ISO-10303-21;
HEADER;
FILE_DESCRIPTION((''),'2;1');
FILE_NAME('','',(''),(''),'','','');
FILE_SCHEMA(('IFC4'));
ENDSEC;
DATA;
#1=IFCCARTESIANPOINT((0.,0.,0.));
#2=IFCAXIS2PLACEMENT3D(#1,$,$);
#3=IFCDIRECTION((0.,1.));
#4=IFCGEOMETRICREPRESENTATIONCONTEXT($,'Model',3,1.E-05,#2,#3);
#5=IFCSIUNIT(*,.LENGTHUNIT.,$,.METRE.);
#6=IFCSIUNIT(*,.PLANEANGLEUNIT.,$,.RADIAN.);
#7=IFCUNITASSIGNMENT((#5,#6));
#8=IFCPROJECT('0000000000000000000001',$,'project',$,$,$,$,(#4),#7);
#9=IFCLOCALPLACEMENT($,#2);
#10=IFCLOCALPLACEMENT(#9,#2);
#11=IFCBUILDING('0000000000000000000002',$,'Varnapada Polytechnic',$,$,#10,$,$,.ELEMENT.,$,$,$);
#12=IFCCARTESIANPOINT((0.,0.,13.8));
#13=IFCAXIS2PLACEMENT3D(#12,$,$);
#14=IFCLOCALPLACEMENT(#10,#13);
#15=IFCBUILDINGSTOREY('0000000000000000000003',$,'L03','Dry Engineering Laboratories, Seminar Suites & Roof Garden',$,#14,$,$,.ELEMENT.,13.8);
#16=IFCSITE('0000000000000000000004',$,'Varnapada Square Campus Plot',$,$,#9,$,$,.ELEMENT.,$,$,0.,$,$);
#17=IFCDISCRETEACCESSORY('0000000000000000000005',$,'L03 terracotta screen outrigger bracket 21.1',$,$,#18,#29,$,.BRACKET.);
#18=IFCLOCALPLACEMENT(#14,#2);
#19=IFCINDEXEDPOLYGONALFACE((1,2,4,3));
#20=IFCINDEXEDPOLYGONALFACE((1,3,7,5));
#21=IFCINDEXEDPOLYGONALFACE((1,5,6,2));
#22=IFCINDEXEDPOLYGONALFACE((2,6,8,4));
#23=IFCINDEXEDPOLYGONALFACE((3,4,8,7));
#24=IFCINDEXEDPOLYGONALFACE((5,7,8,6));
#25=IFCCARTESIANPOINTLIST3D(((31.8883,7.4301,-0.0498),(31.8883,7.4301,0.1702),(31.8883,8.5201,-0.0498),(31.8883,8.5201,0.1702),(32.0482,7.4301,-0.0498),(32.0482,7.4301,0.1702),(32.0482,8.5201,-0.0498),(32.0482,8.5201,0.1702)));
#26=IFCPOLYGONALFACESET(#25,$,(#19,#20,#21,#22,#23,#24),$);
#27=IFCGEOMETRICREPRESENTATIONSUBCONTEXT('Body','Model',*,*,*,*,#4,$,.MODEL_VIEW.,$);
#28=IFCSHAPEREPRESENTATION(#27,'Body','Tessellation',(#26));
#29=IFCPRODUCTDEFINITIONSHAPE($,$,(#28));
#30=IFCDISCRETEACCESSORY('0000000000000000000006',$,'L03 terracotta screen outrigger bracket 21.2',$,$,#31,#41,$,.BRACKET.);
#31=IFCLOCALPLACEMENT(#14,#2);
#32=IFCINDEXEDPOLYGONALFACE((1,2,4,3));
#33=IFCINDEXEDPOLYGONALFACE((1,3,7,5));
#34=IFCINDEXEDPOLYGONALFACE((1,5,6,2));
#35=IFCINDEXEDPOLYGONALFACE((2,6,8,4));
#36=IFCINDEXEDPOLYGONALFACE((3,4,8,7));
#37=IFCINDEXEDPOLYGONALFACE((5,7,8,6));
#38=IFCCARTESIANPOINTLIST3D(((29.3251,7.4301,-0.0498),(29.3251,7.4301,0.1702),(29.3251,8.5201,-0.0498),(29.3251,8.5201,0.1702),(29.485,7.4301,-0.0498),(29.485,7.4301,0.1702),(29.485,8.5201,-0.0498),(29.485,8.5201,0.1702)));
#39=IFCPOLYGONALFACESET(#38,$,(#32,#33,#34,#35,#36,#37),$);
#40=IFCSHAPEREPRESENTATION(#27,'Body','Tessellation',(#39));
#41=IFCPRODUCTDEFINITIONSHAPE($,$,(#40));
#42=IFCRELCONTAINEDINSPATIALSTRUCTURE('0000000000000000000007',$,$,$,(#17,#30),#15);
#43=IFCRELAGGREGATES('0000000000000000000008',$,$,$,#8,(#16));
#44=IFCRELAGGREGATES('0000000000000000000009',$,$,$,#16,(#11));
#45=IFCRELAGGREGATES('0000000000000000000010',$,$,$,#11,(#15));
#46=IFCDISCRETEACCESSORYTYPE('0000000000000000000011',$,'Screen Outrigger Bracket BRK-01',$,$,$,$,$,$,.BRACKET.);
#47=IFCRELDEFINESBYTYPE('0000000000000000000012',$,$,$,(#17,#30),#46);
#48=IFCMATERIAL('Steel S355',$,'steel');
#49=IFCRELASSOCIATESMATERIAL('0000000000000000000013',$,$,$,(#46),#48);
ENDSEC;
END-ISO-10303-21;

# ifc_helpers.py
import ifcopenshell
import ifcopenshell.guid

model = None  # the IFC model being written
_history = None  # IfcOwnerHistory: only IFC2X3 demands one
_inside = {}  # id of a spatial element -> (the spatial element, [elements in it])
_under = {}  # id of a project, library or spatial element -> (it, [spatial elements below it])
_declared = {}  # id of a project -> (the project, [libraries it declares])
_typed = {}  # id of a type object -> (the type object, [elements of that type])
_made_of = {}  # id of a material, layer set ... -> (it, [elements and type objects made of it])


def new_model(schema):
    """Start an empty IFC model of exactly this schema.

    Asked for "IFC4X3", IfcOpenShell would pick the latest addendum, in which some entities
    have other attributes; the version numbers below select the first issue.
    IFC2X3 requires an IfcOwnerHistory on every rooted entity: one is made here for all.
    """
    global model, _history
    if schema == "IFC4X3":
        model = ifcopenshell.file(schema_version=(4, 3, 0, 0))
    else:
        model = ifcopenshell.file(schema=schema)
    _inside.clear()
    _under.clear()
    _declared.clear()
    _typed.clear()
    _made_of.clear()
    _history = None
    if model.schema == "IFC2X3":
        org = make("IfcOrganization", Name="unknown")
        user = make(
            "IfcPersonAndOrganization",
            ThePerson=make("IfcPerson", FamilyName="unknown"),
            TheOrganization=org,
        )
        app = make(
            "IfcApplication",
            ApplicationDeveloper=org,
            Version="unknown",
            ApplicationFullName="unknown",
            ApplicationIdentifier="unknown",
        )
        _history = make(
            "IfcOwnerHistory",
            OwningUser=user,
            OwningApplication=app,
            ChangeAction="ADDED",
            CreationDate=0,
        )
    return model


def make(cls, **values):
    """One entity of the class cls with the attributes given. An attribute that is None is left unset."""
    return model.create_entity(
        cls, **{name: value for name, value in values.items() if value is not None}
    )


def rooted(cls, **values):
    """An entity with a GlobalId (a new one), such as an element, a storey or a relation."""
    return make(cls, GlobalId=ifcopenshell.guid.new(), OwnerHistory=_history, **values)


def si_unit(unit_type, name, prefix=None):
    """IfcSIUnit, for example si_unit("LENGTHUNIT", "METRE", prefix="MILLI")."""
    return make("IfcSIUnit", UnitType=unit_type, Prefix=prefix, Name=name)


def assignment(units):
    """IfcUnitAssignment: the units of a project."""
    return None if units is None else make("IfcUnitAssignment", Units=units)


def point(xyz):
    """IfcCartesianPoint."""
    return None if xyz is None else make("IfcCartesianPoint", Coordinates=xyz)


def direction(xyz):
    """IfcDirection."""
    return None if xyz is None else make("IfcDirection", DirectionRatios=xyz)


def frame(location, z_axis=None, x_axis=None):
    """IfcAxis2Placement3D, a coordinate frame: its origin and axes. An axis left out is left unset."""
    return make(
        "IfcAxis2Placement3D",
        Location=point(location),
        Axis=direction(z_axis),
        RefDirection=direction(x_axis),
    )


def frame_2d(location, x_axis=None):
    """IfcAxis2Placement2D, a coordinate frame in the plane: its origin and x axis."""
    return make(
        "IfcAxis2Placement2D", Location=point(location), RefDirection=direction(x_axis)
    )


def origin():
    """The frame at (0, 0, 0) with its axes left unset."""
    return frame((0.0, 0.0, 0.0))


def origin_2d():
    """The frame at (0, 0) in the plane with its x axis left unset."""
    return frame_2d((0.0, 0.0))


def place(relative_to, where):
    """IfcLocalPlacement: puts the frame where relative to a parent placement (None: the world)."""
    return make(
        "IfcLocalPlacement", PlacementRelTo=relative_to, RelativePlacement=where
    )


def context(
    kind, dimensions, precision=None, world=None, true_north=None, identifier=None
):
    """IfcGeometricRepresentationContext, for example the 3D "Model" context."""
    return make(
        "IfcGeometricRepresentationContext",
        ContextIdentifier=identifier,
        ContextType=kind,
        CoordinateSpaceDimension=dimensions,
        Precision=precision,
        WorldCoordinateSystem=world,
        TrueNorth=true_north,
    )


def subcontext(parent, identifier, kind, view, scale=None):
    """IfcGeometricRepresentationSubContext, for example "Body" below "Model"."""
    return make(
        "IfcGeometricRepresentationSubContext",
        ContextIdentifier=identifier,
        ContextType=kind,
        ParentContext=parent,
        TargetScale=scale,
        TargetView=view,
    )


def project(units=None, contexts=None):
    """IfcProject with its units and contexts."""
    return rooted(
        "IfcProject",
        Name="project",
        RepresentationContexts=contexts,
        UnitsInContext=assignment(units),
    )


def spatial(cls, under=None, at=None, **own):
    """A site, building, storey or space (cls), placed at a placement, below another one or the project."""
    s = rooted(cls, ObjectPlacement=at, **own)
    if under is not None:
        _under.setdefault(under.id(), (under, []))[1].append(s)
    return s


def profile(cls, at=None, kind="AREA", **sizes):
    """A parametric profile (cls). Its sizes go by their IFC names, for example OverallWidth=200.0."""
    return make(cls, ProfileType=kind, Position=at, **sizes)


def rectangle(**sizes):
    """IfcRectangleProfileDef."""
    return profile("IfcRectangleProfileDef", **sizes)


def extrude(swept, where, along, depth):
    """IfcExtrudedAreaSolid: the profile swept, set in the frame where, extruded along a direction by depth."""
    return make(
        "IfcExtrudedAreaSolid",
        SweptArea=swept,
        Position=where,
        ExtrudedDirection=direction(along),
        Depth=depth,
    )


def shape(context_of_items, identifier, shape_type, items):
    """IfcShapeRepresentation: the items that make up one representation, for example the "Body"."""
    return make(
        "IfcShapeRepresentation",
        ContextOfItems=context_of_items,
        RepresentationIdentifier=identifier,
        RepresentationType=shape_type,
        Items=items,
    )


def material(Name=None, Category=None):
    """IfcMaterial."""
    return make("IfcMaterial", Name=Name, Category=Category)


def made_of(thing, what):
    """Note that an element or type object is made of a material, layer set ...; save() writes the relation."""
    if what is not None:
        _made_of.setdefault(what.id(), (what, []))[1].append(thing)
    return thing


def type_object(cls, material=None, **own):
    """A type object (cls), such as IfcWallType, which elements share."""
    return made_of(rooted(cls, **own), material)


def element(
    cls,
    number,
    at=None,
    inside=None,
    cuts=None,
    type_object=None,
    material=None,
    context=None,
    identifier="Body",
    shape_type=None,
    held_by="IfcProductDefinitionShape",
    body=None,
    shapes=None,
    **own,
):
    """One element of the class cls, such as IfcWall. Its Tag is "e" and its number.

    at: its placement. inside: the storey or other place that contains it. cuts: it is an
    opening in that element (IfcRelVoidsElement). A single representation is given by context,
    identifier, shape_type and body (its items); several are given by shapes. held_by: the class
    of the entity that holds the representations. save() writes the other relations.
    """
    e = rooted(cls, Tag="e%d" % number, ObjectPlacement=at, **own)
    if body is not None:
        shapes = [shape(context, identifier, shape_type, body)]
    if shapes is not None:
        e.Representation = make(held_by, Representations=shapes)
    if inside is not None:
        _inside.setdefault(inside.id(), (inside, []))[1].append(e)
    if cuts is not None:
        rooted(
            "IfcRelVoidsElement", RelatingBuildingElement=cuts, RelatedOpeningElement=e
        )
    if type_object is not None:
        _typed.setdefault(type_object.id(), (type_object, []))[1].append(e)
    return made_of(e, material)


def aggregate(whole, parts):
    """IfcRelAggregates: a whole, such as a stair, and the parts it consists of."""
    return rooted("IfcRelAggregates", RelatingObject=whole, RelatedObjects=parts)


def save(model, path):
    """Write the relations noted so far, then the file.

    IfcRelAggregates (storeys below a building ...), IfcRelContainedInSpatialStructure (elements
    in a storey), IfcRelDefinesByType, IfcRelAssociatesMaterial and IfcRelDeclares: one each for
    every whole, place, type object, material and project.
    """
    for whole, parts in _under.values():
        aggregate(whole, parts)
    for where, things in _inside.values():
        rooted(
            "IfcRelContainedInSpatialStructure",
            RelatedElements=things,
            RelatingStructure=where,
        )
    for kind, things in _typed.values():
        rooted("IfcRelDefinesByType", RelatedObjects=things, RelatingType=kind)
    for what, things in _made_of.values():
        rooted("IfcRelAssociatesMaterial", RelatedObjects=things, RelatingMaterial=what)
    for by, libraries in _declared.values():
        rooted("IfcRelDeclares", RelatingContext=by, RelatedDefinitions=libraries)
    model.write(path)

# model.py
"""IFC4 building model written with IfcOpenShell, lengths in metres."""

from ifc_helpers import new_model, si_unit, direction, frame, origin, origin_2d, place, context, subcontext, project, spatial, rectangle, extrude, material, type_object, element, save


model = new_model("IFC4")

# Units and contexts
model_context = context("Model", 3, precision=1e-05, world=origin(), true_north=direction((0.0, 1.0)))
body_context = subcontext(model_context, "Body", "Model", "MODEL_VIEW")
ifc_project = project(units=[si_unit("LENGTHUNIT", "METRE"), si_unit("PLANEANGLEUNIT", "RADIAN")], contexts=[model_context])

# Site, building, storey
site_placement = place(None, origin())
site = spatial("IfcSite", under=ifc_project, at=site_placement, Name="Varnapada Square Campus Plot", CompositionType="ELEMENT", RefElevation=0.0)
building_placement = place(site_placement, origin())
building = spatial("IfcBuilding", under=site, at=building_placement, Name="Varnapada Polytechnic", CompositionType="ELEMENT")
storey_placement = place(building_placement, frame((0.0, 0.0, 13.8)))
storey = spatial("IfcBuildingStorey", under=building, at=storey_placement, Name="L03", Description="Dry Engineering Laboratories, Seminar Suites & Roof Garden", CompositionType="ELEMENT", Elevation=13.8)

# Discrete accessories
ifc_material_1 = material(Name="Steel S355", Category="steel")
discrete_accessory_type = type_object("IfcDiscreteAccessoryType", Name="Screen Outrigger Bracket BRK-01", PredefinedType="BRACKET", material=ifc_material_1)
for number, where, z_axis, x_axis, name in (
    (1, (31.9683, 7.9751, -0.0498), (0.0, 0.0, 1.0), (-1.0, 0.0, 0.0), "L03 terracotta screen outrigger bracket 21.1"),
    (2, (29.405, 7.9751, -0.0498), (0.0, 0.0, 1.0), (-1.0, 0.0, 0.0), "L03 terracotta screen outrigger bracket 21.2"),
):
    element("IfcDiscreteAccessory", number, at=place(storey_placement, frame(where, z_axis=z_axis, x_axis=x_axis)), inside=storey, type_object=discrete_accessory_type, Name=name, PredefinedType="BRACKET", context=body_context, shape_type="SweptSolid", body=[
        extrude(rectangle(XDim=0.1599, YDim=1.0901, at=origin_2d()), origin(), (0.0, 0.0, 1.0), 0.22),
    ])

save(model, "model.ifc")
